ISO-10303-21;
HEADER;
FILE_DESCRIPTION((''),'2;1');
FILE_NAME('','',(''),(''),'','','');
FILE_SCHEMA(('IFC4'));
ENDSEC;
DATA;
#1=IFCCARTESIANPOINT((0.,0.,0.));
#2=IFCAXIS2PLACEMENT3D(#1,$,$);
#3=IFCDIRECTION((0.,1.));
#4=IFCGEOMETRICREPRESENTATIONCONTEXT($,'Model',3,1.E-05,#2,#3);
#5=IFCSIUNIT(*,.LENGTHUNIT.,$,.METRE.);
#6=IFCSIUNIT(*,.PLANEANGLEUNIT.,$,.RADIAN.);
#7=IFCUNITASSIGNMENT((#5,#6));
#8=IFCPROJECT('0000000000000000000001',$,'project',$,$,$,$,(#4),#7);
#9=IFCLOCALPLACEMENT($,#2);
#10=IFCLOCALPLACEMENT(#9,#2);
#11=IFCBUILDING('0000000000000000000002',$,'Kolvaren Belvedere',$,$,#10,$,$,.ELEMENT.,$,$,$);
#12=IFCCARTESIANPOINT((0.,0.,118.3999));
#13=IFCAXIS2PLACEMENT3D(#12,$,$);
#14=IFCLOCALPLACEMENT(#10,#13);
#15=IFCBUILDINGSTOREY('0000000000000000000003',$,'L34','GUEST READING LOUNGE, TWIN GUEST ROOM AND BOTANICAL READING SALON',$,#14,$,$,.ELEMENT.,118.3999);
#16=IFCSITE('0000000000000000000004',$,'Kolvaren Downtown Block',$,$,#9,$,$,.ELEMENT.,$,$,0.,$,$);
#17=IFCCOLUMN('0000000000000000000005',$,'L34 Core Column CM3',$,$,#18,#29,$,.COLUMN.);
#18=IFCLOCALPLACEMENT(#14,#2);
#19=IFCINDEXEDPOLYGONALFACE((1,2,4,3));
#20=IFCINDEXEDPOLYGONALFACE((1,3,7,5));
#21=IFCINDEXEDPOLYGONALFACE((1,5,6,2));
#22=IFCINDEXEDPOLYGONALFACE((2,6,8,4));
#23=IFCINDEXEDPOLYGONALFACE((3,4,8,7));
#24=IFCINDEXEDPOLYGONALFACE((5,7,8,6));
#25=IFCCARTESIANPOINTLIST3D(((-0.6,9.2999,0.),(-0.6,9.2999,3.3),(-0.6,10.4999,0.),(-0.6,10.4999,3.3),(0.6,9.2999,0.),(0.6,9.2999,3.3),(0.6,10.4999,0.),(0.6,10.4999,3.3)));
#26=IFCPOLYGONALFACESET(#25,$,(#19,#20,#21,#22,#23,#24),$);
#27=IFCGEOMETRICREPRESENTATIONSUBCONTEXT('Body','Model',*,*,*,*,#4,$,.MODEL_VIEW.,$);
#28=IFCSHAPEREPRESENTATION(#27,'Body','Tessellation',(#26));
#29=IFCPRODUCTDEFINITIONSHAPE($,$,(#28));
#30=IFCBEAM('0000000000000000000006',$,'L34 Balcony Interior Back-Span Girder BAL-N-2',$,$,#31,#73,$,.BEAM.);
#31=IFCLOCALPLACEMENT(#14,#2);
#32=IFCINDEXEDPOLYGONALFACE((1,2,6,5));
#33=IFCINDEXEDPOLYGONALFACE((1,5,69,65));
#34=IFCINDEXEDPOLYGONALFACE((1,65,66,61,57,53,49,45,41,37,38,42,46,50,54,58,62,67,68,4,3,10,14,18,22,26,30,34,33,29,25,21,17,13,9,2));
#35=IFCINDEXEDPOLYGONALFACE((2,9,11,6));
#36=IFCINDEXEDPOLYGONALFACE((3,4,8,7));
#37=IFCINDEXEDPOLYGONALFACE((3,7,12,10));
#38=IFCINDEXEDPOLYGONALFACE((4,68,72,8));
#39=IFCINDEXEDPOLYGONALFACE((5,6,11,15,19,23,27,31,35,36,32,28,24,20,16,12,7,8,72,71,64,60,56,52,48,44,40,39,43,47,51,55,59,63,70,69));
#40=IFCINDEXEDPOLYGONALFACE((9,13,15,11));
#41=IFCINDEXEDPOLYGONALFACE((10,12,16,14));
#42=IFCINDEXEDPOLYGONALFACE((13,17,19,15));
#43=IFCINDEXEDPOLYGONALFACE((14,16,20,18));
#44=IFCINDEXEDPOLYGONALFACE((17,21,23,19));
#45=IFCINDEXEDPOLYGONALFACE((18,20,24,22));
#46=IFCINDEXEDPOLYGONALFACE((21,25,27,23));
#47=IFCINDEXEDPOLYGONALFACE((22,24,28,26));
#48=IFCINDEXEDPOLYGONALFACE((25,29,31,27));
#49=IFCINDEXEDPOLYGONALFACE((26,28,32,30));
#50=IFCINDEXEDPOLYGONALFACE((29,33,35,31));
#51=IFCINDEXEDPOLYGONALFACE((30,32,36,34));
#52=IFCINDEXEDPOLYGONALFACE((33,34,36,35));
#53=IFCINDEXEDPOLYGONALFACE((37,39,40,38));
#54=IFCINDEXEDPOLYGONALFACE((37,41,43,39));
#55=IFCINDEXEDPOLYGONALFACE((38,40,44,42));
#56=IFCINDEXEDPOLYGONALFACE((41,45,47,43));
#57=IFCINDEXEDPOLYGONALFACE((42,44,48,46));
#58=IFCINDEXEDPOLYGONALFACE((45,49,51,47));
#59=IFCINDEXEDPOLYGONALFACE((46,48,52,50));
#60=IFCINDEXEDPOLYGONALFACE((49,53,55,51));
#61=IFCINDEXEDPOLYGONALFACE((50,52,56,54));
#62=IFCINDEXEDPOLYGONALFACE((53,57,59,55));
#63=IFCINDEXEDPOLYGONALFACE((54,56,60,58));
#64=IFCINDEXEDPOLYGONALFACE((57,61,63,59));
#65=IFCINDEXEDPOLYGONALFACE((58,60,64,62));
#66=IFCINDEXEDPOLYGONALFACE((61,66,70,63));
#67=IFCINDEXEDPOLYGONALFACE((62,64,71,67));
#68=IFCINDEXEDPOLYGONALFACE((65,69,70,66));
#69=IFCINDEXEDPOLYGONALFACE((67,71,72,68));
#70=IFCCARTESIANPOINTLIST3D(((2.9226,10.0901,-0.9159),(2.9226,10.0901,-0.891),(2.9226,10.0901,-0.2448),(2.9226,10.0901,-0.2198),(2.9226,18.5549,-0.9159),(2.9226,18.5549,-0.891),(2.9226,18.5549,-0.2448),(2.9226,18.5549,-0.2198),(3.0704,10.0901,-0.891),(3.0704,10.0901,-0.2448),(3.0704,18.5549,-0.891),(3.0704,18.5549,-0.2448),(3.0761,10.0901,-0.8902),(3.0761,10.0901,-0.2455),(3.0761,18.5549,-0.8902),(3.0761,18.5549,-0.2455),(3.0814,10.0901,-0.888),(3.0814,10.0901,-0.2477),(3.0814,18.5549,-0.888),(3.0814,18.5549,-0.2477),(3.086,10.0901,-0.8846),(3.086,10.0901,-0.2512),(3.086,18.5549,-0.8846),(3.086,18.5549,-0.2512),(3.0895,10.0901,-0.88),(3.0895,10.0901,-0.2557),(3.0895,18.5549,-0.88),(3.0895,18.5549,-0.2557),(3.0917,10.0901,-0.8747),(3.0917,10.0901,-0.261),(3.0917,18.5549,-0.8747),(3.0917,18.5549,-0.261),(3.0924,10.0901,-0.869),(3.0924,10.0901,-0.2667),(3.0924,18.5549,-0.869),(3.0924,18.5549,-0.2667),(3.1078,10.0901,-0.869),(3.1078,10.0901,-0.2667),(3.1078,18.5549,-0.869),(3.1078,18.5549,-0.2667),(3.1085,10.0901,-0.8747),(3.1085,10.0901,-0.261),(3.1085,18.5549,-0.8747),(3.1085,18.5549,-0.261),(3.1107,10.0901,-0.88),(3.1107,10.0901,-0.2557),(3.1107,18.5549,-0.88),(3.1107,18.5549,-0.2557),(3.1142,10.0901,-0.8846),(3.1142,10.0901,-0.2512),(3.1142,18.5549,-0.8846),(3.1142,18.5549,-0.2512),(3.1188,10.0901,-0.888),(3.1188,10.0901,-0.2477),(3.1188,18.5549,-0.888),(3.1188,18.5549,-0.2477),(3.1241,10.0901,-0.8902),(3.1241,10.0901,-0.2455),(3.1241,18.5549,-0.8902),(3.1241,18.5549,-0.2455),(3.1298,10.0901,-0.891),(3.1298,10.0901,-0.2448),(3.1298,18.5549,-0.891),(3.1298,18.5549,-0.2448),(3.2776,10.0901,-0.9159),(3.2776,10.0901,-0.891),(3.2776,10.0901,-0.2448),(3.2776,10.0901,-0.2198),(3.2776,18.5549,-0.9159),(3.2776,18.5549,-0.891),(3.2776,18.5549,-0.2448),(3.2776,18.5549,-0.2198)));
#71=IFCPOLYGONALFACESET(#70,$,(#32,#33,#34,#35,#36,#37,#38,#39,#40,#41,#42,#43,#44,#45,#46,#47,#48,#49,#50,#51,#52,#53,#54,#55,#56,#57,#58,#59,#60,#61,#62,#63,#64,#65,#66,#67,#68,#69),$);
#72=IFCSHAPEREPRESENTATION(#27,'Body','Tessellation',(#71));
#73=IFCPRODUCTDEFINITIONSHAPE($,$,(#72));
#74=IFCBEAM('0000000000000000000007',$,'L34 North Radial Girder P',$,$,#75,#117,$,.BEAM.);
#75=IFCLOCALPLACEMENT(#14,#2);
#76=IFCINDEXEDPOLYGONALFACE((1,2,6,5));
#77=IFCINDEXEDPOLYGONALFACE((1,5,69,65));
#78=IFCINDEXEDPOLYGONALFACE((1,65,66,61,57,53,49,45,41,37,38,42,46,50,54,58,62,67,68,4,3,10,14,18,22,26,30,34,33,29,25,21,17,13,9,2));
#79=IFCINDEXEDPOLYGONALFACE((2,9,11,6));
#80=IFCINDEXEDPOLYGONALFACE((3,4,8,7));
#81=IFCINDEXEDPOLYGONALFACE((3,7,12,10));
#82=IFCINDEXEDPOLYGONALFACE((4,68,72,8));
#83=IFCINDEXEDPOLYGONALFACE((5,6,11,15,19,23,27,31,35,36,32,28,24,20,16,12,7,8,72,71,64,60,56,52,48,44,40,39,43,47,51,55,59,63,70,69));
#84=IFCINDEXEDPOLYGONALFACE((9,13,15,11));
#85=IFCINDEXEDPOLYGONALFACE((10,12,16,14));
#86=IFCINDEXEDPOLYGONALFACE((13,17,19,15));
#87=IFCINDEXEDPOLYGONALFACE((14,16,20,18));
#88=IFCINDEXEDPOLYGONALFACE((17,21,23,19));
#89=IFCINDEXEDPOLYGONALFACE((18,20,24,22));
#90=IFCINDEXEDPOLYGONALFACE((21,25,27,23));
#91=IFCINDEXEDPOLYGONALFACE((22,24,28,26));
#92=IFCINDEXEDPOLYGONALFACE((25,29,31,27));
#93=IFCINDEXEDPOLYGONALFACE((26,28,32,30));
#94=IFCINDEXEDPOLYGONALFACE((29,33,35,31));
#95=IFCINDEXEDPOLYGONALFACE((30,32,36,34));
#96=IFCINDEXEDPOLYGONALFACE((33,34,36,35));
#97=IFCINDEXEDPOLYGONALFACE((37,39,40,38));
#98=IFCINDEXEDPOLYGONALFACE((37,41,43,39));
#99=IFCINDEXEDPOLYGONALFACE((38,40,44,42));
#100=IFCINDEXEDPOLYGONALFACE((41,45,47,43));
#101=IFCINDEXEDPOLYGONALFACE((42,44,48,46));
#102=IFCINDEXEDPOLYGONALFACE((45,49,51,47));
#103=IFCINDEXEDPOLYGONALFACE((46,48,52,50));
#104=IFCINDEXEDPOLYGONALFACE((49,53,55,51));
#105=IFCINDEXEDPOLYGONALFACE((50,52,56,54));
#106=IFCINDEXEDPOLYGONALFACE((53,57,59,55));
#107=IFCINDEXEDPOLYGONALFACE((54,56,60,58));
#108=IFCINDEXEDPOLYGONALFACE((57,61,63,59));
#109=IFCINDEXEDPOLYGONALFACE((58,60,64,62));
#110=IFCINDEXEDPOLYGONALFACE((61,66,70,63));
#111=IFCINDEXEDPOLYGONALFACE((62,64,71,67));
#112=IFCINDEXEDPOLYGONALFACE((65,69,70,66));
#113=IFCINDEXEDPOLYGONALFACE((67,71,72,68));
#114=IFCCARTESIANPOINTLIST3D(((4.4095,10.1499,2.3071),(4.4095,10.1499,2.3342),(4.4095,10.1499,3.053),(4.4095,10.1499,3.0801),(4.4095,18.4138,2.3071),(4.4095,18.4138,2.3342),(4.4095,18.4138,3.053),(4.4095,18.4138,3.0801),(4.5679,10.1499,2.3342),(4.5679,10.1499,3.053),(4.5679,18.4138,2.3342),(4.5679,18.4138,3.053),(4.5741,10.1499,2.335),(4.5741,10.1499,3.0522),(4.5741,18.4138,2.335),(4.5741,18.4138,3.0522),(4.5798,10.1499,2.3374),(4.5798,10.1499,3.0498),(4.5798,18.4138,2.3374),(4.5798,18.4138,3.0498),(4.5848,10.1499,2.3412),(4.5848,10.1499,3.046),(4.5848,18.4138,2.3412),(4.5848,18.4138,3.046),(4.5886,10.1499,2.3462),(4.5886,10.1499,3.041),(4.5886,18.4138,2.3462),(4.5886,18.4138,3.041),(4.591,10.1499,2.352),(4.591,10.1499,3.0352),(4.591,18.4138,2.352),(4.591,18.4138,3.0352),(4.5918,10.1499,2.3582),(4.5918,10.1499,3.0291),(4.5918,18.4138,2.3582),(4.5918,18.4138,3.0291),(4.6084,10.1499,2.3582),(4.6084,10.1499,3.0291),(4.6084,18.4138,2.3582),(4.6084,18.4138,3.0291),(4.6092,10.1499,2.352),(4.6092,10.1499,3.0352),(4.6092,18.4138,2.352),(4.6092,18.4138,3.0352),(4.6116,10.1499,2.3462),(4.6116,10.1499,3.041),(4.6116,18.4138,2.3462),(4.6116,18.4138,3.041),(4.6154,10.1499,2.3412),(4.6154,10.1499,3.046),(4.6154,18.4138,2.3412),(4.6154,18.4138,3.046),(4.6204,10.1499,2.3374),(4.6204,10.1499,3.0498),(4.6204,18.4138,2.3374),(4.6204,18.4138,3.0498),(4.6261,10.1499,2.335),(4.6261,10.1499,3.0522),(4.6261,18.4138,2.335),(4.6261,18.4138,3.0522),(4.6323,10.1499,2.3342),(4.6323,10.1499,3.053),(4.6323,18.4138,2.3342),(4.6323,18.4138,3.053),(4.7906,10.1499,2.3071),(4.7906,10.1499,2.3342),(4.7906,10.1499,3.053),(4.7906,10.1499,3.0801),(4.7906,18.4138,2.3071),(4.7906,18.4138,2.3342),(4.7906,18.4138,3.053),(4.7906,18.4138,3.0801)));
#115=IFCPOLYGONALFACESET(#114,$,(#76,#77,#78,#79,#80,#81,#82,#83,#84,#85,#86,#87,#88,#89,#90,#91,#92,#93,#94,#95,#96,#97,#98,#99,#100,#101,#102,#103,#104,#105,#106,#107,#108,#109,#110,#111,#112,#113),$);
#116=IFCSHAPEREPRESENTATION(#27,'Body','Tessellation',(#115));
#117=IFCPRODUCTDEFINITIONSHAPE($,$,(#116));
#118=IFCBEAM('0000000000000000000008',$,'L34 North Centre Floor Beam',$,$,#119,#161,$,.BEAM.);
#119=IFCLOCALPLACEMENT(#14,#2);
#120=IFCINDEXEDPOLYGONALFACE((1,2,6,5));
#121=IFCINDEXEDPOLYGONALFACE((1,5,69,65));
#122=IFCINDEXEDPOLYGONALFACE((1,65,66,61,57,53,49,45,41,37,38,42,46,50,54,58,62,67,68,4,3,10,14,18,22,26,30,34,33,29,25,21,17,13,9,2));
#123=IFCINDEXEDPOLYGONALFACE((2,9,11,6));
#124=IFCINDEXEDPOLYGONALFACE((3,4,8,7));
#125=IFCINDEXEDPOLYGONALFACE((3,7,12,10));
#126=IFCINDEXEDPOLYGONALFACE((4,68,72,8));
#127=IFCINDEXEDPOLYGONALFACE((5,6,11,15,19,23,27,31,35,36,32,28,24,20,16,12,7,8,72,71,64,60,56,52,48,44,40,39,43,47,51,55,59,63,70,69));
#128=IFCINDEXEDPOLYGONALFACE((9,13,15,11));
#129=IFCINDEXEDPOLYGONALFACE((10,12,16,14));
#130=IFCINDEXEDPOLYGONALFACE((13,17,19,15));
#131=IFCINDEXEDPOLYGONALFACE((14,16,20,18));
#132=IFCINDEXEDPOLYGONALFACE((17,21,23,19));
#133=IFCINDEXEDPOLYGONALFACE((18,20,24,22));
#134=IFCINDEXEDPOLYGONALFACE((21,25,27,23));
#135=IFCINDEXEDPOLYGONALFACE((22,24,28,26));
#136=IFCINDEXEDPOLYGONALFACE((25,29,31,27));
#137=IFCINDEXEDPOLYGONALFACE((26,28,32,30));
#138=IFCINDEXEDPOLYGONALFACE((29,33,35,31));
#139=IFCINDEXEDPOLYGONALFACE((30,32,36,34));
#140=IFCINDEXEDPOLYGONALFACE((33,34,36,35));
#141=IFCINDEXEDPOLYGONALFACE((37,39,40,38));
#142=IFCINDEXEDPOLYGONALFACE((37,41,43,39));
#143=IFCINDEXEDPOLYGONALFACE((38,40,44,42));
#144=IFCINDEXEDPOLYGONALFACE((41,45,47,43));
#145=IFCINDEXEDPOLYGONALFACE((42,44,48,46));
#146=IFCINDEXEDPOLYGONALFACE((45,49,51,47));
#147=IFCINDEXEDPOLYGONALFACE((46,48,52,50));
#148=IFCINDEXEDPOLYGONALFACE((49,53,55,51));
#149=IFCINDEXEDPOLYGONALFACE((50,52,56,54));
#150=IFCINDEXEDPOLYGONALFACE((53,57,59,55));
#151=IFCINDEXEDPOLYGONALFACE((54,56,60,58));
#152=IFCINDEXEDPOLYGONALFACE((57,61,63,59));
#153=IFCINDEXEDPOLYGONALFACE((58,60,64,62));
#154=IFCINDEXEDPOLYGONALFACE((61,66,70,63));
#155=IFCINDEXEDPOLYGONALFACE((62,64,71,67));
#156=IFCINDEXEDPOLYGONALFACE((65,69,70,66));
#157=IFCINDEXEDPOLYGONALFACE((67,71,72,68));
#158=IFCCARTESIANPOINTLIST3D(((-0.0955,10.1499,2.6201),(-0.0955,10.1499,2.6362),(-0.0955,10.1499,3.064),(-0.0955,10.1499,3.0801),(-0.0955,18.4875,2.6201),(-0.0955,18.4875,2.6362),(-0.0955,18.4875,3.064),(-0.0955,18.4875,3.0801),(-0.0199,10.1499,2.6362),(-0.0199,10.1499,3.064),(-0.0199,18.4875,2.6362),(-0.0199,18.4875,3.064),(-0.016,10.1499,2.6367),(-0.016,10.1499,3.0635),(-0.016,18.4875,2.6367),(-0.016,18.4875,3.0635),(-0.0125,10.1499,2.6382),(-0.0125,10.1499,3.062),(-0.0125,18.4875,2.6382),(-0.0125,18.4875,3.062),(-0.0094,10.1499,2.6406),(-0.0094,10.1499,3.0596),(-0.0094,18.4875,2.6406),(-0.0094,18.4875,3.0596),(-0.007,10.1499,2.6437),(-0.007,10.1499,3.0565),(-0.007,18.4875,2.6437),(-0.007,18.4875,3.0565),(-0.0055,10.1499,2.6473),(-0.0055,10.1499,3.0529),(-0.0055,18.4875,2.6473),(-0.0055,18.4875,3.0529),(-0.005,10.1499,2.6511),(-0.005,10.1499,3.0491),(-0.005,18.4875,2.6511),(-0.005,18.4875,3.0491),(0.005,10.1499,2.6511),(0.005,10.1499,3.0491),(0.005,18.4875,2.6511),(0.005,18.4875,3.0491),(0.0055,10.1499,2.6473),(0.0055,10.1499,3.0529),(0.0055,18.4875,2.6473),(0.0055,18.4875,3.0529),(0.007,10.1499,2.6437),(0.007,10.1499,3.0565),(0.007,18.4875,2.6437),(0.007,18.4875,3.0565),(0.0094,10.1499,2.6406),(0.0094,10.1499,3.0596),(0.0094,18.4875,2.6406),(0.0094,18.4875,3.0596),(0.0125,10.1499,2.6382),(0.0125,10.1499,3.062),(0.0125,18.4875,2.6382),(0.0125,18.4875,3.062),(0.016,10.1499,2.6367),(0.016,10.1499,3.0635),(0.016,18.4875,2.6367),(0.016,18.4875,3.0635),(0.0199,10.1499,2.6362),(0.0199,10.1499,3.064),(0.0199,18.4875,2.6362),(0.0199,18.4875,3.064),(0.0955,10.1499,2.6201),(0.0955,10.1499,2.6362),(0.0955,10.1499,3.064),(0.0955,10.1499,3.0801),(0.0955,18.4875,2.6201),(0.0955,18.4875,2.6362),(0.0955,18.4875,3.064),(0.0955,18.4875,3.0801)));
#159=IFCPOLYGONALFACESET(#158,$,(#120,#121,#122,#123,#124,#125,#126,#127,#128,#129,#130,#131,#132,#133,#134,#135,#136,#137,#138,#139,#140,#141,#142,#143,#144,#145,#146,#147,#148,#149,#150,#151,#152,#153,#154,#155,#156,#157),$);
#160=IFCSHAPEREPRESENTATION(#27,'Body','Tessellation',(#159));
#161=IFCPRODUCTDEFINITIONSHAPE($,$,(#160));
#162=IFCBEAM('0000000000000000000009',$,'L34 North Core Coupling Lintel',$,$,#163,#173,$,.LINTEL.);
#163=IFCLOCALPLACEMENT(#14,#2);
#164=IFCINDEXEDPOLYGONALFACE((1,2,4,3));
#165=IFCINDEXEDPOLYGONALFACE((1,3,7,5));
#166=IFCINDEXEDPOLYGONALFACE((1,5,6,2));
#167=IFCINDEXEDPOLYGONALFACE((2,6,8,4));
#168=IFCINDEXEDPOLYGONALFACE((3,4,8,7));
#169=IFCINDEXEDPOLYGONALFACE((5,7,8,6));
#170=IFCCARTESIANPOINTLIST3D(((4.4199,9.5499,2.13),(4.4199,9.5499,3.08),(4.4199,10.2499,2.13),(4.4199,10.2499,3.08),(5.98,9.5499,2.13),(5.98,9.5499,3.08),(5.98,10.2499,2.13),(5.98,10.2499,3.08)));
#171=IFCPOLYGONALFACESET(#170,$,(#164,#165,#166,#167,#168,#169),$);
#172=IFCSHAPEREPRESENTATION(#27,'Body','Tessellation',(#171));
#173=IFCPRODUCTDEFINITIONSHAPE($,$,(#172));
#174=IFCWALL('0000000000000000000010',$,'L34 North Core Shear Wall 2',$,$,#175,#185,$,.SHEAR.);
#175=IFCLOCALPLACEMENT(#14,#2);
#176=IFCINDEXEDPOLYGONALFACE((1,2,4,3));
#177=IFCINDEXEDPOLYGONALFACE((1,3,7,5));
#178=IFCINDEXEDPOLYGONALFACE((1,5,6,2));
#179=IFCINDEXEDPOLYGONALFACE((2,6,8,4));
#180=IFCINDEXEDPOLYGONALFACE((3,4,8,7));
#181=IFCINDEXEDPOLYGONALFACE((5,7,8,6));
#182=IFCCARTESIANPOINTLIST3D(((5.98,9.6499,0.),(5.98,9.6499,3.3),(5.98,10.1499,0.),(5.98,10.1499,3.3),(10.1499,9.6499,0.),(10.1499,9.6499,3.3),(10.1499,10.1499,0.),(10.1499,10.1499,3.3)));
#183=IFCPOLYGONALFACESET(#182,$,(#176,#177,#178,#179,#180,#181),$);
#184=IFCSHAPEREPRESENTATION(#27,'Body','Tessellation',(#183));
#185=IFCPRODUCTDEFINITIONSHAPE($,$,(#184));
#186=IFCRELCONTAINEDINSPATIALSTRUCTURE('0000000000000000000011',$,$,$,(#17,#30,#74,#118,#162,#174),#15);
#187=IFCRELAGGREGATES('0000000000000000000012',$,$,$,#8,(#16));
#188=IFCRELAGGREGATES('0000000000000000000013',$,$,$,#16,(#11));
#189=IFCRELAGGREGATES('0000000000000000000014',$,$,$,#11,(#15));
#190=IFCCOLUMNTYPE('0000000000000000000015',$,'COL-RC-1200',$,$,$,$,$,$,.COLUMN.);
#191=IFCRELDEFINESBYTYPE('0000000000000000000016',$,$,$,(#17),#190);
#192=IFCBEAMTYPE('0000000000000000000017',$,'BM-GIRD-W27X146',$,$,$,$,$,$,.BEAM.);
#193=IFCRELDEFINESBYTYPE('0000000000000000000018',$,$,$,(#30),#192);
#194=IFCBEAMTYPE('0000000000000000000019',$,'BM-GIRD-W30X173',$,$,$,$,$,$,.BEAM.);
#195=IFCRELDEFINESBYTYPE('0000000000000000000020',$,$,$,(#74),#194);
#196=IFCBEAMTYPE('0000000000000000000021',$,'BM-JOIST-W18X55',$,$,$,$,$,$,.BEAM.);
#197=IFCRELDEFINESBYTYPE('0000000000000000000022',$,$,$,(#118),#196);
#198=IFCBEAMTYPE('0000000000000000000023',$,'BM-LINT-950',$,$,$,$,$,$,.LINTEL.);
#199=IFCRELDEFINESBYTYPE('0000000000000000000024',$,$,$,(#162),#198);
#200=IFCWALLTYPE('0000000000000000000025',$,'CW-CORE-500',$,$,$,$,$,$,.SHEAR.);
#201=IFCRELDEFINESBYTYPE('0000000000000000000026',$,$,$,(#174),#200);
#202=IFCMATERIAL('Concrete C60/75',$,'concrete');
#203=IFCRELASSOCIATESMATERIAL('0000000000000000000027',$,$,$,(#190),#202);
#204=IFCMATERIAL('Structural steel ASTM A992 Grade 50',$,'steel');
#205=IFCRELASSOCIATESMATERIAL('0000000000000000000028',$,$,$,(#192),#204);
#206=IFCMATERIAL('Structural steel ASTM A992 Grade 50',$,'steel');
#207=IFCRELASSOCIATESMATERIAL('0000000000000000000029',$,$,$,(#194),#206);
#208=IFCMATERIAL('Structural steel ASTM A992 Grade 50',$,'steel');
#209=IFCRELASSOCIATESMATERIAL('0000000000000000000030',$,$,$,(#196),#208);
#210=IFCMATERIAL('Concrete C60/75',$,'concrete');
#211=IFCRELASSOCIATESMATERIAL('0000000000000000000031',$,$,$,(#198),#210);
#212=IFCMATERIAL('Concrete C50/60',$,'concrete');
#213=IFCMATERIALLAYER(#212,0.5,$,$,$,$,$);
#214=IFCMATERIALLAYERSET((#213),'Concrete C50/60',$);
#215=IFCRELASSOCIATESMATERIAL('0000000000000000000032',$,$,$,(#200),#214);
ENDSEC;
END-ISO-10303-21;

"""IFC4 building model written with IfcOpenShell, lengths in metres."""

from ifc_helpers import new_model, si_unit, direction, frame, frame_2d, origin, origin_2d, place, context, subcontext, project, spatial, rectangle, i_section, extrude, material, layer, layer_set, material_profile, profile_set, type_object, element, save


model = new_model("IFC4")

# Units and contexts
model_context = context("Model", 3, precision=1e-05, world=origin(), true_north=direction((0.0, 1.0)))
body_context = subcontext(model_context, "Body", "Model", "MODEL_VIEW")
ifc_project = project(units=[si_unit("LENGTHUNIT", "METRE"), si_unit("PLANEANGLEUNIT", "RADIAN")], contexts=[model_context])

# Site, building, storey
site_placement = place(None, origin())
site = spatial("IfcSite", under=ifc_project, at=site_placement, Name="Kolvaren Downtown Block", CompositionType="ELEMENT", RefElevation=0.0)
building_placement = place(site_placement, origin())
building = spatial("IfcBuilding", under=site, at=building_placement, Name="Kolvaren Belvedere", CompositionType="ELEMENT")
storey_placement = place(building_placement, frame((0.0, 0.0, 118.3999)))
storey = spatial("IfcBuildingStorey", under=building, at=storey_placement, Name="L34", Description="GUEST READING LOUNGE, TWIN GUEST ROOM AND BOTANICAL READING SALON", CompositionType="ELEMENT", Elevation=118.3999)

# Column
ifc_material_1 = material(Name="Concrete C60/75", Category="concrete")
ifc_material_profile_1 = material_profile(ifc_material_1, rectangle(XDim=1.2, YDim=1.2, at=origin_2d()), Name="RC 1200X1200")
ifc_profile_set_1 = profile_set([ifc_material_profile_1], Name="Concrete C60/75")
column_type = type_object("IfcColumnType", Name="COL-RC-1200", PredefinedType="COLUMN", material=ifc_profile_set_1)
column_placement = place(storey_placement, frame((0.0, 9.8999, 0.0), z_axis=(0.0, 0.0, 1.0), x_axis=(1.0, 0.0, 0.0)))
element("IfcColumn", 1, at=column_placement, inside=storey, type_object=column_type, Name="L34 Core Column CM3", PredefinedType="COLUMN", context=body_context, shape_type="SweptSolid", body=[
    extrude(rectangle(XDim=1.2, YDim=1.2, at=origin_2d()), origin(), (0.0, 0.0, 1.0), 3.3),
])

# Beams
ifc_material_2 = material(Name="Structural steel ASTM A992 Grade 50", Category="steel")
ifc_material_profile_2 = material_profile(ifc_material_2, i_section(OverallWidth=0.355, OverallDepth=0.696, WebThickness=0.0154, FlangeThickness=0.0249, FilletRadius=0.022, at=origin_2d()), Name="W27X146")
ifc_profile_set_2 = profile_set([ifc_material_profile_2], Name="Structural steel ASTM A992 Grade 50")
beam_type_1 = type_object("IfcBeamType", Name="BM-GIRD-W27X146", PredefinedType="BEAM", material=ifc_profile_set_2)
beam_1_placement = place(storey_placement, frame((3.1001, 10.0901, -0.5679), z_axis=(0.0, 1.0, 0.0), x_axis=(-1.0, 0.0, 0.0)))
element("IfcBeam", 2, at=beam_1_placement, inside=storey, type_object=beam_type_1, Name="L34 Balcony Interior Back-Span Girder BAL-N-2", PredefinedType="BEAM", context=body_context, shape_type="SweptSolid", body=[
    extrude(i_section(OverallWidth=0.355, OverallDepth=0.696, WebThickness=0.0154, FlangeThickness=0.0249, FilletRadius=0.022, at=origin_2d()), origin(), (0.0, 0.0, 1.0), 8.4648),
])
ifc_material_3 = material(Name="Structural steel ASTM A992 Grade 50", Category="steel")
ifc_material_profile_3 = material_profile(ifc_material_3, i_section(OverallWidth=0.3811, OverallDepth=0.7729, WebThickness=0.0166, FlangeThickness=0.0271, FilletRadius=0.0239, at=origin_2d()), Name="W30X173")
ifc_profile_set_3 = profile_set([ifc_material_profile_3], Name="Structural steel ASTM A992 Grade 50")
beam_type_2 = type_object("IfcBeamType", Name="BM-GIRD-W30X173", PredefinedType="BEAM", material=ifc_profile_set_3)
beam_2_placement = place(storey_placement, frame((4.6001, 10.1499, 2.6936), z_axis=(0.0, 1.0, 0.0), x_axis=(-1.0, 0.0, 0.0)))
element("IfcBeam", 3, at=beam_2_placement, inside=storey, type_object=beam_type_2, Name="L34 North Radial Girder P", PredefinedType="BEAM", context=body_context, shape_type="SweptSolid", body=[
    extrude(i_section(OverallWidth=0.3811, OverallDepth=0.7729, WebThickness=0.0166, FlangeThickness=0.0271, FilletRadius=0.0239, at=origin_2d()), origin(), (0.0, 0.0, 1.0), 8.2639),
])
ifc_material_4 = material(Name="Structural steel ASTM A992 Grade 50", Category="steel")
ifc_material_profile_4 = material_profile(ifc_material_4, i_section(OverallWidth=0.1909, OverallDepth=0.46, WebThickness=0.01, FlangeThickness=0.0161, FilletRadius=0.0149, at=origin_2d()), Name="W18X55")
ifc_profile_set_4 = profile_set([ifc_material_profile_4], Name="Structural steel ASTM A992 Grade 50")
beam_type_3 = type_object("IfcBeamType", Name="BM-JOIST-W18X55", PredefinedType="BEAM", material=ifc_profile_set_4)
beam_3_placement = place(storey_placement, frame((0.0, 10.1499, 2.8501), z_axis=(0.0, 1.0, 0.0), x_axis=(-1.0, 0.0, 0.0)))
element("IfcBeam", 4, at=beam_3_placement, inside=storey, type_object=beam_type_3, Name="L34 North Centre Floor Beam", PredefinedType="BEAM", context=body_context, shape_type="SweptSolid", body=[
    extrude(i_section(OverallWidth=0.1909, OverallDepth=0.46, WebThickness=0.01, FlangeThickness=0.0161, FilletRadius=0.0149, at=origin_2d()), origin(), (0.0, 0.0, 1.0), 8.3376),
])
ifc_material_5 = material(Name="Concrete C60/75", Category="concrete")
ifc_material_profile_5 = material_profile(ifc_material_5, rectangle(XDim=0.7, YDim=0.95, at=origin_2d()), Name="RC 700X950")
ifc_profile_set_5 = profile_set([ifc_material_profile_5], Name="Concrete C60/75")
beam_type_4 = type_object("IfcBeamType", Name="BM-LINT-950", PredefinedType="LINTEL", material=ifc_profile_set_5)
beam_4_placement = place(storey_placement, frame((4.4199, 9.8999, 2.605), z_axis=(1.0, 0.0, 0.0), x_axis=(0.0, 1.0, 0.0)))
element("IfcBeam", 5, at=beam_4_placement, inside=storey, type_object=beam_type_4, Name="L34 North Core Coupling Lintel", PredefinedType="LINTEL", context=body_context, shape_type="SweptSolid", body=[
    extrude(rectangle(XDim=0.7, YDim=0.95, at=origin_2d()), origin(), (0.0, 0.0, 1.0), 1.5601),
])

# Wall
ifc_material_6 = material(Name="Concrete C50/60", Category="concrete")
ifc_layer_1 = layer(ifc_material_6, 0.5)
ifc_layer_set_1 = layer_set([ifc_layer_1], Name="Concrete C50/60")
wall_type_1 = type_object("IfcWallType", Name="CW-CORE-500", PredefinedType="SHEAR", material=ifc_layer_set_1)
wall_1_placement = place(storey_placement, frame((5.98, 9.8999, 0.0), z_axis=(0.0, 0.0, 1.0), x_axis=(1.0, 0.0, 0.0)))
element("IfcWall", 6, at=wall_1_placement, inside=storey, type_object=wall_type_1, Name="L34 North Core Shear Wall 2", PredefinedType="SHEAR", context=body_context, shape_type="SweptSolid", body=[
    extrude(rectangle(XDim=4.1699, YDim=0.5, at=frame_2d((2.085, 0.0))), origin(), (0.0, 0.0, 1.0), 3.3),
])

save(model, "model.ifc")
